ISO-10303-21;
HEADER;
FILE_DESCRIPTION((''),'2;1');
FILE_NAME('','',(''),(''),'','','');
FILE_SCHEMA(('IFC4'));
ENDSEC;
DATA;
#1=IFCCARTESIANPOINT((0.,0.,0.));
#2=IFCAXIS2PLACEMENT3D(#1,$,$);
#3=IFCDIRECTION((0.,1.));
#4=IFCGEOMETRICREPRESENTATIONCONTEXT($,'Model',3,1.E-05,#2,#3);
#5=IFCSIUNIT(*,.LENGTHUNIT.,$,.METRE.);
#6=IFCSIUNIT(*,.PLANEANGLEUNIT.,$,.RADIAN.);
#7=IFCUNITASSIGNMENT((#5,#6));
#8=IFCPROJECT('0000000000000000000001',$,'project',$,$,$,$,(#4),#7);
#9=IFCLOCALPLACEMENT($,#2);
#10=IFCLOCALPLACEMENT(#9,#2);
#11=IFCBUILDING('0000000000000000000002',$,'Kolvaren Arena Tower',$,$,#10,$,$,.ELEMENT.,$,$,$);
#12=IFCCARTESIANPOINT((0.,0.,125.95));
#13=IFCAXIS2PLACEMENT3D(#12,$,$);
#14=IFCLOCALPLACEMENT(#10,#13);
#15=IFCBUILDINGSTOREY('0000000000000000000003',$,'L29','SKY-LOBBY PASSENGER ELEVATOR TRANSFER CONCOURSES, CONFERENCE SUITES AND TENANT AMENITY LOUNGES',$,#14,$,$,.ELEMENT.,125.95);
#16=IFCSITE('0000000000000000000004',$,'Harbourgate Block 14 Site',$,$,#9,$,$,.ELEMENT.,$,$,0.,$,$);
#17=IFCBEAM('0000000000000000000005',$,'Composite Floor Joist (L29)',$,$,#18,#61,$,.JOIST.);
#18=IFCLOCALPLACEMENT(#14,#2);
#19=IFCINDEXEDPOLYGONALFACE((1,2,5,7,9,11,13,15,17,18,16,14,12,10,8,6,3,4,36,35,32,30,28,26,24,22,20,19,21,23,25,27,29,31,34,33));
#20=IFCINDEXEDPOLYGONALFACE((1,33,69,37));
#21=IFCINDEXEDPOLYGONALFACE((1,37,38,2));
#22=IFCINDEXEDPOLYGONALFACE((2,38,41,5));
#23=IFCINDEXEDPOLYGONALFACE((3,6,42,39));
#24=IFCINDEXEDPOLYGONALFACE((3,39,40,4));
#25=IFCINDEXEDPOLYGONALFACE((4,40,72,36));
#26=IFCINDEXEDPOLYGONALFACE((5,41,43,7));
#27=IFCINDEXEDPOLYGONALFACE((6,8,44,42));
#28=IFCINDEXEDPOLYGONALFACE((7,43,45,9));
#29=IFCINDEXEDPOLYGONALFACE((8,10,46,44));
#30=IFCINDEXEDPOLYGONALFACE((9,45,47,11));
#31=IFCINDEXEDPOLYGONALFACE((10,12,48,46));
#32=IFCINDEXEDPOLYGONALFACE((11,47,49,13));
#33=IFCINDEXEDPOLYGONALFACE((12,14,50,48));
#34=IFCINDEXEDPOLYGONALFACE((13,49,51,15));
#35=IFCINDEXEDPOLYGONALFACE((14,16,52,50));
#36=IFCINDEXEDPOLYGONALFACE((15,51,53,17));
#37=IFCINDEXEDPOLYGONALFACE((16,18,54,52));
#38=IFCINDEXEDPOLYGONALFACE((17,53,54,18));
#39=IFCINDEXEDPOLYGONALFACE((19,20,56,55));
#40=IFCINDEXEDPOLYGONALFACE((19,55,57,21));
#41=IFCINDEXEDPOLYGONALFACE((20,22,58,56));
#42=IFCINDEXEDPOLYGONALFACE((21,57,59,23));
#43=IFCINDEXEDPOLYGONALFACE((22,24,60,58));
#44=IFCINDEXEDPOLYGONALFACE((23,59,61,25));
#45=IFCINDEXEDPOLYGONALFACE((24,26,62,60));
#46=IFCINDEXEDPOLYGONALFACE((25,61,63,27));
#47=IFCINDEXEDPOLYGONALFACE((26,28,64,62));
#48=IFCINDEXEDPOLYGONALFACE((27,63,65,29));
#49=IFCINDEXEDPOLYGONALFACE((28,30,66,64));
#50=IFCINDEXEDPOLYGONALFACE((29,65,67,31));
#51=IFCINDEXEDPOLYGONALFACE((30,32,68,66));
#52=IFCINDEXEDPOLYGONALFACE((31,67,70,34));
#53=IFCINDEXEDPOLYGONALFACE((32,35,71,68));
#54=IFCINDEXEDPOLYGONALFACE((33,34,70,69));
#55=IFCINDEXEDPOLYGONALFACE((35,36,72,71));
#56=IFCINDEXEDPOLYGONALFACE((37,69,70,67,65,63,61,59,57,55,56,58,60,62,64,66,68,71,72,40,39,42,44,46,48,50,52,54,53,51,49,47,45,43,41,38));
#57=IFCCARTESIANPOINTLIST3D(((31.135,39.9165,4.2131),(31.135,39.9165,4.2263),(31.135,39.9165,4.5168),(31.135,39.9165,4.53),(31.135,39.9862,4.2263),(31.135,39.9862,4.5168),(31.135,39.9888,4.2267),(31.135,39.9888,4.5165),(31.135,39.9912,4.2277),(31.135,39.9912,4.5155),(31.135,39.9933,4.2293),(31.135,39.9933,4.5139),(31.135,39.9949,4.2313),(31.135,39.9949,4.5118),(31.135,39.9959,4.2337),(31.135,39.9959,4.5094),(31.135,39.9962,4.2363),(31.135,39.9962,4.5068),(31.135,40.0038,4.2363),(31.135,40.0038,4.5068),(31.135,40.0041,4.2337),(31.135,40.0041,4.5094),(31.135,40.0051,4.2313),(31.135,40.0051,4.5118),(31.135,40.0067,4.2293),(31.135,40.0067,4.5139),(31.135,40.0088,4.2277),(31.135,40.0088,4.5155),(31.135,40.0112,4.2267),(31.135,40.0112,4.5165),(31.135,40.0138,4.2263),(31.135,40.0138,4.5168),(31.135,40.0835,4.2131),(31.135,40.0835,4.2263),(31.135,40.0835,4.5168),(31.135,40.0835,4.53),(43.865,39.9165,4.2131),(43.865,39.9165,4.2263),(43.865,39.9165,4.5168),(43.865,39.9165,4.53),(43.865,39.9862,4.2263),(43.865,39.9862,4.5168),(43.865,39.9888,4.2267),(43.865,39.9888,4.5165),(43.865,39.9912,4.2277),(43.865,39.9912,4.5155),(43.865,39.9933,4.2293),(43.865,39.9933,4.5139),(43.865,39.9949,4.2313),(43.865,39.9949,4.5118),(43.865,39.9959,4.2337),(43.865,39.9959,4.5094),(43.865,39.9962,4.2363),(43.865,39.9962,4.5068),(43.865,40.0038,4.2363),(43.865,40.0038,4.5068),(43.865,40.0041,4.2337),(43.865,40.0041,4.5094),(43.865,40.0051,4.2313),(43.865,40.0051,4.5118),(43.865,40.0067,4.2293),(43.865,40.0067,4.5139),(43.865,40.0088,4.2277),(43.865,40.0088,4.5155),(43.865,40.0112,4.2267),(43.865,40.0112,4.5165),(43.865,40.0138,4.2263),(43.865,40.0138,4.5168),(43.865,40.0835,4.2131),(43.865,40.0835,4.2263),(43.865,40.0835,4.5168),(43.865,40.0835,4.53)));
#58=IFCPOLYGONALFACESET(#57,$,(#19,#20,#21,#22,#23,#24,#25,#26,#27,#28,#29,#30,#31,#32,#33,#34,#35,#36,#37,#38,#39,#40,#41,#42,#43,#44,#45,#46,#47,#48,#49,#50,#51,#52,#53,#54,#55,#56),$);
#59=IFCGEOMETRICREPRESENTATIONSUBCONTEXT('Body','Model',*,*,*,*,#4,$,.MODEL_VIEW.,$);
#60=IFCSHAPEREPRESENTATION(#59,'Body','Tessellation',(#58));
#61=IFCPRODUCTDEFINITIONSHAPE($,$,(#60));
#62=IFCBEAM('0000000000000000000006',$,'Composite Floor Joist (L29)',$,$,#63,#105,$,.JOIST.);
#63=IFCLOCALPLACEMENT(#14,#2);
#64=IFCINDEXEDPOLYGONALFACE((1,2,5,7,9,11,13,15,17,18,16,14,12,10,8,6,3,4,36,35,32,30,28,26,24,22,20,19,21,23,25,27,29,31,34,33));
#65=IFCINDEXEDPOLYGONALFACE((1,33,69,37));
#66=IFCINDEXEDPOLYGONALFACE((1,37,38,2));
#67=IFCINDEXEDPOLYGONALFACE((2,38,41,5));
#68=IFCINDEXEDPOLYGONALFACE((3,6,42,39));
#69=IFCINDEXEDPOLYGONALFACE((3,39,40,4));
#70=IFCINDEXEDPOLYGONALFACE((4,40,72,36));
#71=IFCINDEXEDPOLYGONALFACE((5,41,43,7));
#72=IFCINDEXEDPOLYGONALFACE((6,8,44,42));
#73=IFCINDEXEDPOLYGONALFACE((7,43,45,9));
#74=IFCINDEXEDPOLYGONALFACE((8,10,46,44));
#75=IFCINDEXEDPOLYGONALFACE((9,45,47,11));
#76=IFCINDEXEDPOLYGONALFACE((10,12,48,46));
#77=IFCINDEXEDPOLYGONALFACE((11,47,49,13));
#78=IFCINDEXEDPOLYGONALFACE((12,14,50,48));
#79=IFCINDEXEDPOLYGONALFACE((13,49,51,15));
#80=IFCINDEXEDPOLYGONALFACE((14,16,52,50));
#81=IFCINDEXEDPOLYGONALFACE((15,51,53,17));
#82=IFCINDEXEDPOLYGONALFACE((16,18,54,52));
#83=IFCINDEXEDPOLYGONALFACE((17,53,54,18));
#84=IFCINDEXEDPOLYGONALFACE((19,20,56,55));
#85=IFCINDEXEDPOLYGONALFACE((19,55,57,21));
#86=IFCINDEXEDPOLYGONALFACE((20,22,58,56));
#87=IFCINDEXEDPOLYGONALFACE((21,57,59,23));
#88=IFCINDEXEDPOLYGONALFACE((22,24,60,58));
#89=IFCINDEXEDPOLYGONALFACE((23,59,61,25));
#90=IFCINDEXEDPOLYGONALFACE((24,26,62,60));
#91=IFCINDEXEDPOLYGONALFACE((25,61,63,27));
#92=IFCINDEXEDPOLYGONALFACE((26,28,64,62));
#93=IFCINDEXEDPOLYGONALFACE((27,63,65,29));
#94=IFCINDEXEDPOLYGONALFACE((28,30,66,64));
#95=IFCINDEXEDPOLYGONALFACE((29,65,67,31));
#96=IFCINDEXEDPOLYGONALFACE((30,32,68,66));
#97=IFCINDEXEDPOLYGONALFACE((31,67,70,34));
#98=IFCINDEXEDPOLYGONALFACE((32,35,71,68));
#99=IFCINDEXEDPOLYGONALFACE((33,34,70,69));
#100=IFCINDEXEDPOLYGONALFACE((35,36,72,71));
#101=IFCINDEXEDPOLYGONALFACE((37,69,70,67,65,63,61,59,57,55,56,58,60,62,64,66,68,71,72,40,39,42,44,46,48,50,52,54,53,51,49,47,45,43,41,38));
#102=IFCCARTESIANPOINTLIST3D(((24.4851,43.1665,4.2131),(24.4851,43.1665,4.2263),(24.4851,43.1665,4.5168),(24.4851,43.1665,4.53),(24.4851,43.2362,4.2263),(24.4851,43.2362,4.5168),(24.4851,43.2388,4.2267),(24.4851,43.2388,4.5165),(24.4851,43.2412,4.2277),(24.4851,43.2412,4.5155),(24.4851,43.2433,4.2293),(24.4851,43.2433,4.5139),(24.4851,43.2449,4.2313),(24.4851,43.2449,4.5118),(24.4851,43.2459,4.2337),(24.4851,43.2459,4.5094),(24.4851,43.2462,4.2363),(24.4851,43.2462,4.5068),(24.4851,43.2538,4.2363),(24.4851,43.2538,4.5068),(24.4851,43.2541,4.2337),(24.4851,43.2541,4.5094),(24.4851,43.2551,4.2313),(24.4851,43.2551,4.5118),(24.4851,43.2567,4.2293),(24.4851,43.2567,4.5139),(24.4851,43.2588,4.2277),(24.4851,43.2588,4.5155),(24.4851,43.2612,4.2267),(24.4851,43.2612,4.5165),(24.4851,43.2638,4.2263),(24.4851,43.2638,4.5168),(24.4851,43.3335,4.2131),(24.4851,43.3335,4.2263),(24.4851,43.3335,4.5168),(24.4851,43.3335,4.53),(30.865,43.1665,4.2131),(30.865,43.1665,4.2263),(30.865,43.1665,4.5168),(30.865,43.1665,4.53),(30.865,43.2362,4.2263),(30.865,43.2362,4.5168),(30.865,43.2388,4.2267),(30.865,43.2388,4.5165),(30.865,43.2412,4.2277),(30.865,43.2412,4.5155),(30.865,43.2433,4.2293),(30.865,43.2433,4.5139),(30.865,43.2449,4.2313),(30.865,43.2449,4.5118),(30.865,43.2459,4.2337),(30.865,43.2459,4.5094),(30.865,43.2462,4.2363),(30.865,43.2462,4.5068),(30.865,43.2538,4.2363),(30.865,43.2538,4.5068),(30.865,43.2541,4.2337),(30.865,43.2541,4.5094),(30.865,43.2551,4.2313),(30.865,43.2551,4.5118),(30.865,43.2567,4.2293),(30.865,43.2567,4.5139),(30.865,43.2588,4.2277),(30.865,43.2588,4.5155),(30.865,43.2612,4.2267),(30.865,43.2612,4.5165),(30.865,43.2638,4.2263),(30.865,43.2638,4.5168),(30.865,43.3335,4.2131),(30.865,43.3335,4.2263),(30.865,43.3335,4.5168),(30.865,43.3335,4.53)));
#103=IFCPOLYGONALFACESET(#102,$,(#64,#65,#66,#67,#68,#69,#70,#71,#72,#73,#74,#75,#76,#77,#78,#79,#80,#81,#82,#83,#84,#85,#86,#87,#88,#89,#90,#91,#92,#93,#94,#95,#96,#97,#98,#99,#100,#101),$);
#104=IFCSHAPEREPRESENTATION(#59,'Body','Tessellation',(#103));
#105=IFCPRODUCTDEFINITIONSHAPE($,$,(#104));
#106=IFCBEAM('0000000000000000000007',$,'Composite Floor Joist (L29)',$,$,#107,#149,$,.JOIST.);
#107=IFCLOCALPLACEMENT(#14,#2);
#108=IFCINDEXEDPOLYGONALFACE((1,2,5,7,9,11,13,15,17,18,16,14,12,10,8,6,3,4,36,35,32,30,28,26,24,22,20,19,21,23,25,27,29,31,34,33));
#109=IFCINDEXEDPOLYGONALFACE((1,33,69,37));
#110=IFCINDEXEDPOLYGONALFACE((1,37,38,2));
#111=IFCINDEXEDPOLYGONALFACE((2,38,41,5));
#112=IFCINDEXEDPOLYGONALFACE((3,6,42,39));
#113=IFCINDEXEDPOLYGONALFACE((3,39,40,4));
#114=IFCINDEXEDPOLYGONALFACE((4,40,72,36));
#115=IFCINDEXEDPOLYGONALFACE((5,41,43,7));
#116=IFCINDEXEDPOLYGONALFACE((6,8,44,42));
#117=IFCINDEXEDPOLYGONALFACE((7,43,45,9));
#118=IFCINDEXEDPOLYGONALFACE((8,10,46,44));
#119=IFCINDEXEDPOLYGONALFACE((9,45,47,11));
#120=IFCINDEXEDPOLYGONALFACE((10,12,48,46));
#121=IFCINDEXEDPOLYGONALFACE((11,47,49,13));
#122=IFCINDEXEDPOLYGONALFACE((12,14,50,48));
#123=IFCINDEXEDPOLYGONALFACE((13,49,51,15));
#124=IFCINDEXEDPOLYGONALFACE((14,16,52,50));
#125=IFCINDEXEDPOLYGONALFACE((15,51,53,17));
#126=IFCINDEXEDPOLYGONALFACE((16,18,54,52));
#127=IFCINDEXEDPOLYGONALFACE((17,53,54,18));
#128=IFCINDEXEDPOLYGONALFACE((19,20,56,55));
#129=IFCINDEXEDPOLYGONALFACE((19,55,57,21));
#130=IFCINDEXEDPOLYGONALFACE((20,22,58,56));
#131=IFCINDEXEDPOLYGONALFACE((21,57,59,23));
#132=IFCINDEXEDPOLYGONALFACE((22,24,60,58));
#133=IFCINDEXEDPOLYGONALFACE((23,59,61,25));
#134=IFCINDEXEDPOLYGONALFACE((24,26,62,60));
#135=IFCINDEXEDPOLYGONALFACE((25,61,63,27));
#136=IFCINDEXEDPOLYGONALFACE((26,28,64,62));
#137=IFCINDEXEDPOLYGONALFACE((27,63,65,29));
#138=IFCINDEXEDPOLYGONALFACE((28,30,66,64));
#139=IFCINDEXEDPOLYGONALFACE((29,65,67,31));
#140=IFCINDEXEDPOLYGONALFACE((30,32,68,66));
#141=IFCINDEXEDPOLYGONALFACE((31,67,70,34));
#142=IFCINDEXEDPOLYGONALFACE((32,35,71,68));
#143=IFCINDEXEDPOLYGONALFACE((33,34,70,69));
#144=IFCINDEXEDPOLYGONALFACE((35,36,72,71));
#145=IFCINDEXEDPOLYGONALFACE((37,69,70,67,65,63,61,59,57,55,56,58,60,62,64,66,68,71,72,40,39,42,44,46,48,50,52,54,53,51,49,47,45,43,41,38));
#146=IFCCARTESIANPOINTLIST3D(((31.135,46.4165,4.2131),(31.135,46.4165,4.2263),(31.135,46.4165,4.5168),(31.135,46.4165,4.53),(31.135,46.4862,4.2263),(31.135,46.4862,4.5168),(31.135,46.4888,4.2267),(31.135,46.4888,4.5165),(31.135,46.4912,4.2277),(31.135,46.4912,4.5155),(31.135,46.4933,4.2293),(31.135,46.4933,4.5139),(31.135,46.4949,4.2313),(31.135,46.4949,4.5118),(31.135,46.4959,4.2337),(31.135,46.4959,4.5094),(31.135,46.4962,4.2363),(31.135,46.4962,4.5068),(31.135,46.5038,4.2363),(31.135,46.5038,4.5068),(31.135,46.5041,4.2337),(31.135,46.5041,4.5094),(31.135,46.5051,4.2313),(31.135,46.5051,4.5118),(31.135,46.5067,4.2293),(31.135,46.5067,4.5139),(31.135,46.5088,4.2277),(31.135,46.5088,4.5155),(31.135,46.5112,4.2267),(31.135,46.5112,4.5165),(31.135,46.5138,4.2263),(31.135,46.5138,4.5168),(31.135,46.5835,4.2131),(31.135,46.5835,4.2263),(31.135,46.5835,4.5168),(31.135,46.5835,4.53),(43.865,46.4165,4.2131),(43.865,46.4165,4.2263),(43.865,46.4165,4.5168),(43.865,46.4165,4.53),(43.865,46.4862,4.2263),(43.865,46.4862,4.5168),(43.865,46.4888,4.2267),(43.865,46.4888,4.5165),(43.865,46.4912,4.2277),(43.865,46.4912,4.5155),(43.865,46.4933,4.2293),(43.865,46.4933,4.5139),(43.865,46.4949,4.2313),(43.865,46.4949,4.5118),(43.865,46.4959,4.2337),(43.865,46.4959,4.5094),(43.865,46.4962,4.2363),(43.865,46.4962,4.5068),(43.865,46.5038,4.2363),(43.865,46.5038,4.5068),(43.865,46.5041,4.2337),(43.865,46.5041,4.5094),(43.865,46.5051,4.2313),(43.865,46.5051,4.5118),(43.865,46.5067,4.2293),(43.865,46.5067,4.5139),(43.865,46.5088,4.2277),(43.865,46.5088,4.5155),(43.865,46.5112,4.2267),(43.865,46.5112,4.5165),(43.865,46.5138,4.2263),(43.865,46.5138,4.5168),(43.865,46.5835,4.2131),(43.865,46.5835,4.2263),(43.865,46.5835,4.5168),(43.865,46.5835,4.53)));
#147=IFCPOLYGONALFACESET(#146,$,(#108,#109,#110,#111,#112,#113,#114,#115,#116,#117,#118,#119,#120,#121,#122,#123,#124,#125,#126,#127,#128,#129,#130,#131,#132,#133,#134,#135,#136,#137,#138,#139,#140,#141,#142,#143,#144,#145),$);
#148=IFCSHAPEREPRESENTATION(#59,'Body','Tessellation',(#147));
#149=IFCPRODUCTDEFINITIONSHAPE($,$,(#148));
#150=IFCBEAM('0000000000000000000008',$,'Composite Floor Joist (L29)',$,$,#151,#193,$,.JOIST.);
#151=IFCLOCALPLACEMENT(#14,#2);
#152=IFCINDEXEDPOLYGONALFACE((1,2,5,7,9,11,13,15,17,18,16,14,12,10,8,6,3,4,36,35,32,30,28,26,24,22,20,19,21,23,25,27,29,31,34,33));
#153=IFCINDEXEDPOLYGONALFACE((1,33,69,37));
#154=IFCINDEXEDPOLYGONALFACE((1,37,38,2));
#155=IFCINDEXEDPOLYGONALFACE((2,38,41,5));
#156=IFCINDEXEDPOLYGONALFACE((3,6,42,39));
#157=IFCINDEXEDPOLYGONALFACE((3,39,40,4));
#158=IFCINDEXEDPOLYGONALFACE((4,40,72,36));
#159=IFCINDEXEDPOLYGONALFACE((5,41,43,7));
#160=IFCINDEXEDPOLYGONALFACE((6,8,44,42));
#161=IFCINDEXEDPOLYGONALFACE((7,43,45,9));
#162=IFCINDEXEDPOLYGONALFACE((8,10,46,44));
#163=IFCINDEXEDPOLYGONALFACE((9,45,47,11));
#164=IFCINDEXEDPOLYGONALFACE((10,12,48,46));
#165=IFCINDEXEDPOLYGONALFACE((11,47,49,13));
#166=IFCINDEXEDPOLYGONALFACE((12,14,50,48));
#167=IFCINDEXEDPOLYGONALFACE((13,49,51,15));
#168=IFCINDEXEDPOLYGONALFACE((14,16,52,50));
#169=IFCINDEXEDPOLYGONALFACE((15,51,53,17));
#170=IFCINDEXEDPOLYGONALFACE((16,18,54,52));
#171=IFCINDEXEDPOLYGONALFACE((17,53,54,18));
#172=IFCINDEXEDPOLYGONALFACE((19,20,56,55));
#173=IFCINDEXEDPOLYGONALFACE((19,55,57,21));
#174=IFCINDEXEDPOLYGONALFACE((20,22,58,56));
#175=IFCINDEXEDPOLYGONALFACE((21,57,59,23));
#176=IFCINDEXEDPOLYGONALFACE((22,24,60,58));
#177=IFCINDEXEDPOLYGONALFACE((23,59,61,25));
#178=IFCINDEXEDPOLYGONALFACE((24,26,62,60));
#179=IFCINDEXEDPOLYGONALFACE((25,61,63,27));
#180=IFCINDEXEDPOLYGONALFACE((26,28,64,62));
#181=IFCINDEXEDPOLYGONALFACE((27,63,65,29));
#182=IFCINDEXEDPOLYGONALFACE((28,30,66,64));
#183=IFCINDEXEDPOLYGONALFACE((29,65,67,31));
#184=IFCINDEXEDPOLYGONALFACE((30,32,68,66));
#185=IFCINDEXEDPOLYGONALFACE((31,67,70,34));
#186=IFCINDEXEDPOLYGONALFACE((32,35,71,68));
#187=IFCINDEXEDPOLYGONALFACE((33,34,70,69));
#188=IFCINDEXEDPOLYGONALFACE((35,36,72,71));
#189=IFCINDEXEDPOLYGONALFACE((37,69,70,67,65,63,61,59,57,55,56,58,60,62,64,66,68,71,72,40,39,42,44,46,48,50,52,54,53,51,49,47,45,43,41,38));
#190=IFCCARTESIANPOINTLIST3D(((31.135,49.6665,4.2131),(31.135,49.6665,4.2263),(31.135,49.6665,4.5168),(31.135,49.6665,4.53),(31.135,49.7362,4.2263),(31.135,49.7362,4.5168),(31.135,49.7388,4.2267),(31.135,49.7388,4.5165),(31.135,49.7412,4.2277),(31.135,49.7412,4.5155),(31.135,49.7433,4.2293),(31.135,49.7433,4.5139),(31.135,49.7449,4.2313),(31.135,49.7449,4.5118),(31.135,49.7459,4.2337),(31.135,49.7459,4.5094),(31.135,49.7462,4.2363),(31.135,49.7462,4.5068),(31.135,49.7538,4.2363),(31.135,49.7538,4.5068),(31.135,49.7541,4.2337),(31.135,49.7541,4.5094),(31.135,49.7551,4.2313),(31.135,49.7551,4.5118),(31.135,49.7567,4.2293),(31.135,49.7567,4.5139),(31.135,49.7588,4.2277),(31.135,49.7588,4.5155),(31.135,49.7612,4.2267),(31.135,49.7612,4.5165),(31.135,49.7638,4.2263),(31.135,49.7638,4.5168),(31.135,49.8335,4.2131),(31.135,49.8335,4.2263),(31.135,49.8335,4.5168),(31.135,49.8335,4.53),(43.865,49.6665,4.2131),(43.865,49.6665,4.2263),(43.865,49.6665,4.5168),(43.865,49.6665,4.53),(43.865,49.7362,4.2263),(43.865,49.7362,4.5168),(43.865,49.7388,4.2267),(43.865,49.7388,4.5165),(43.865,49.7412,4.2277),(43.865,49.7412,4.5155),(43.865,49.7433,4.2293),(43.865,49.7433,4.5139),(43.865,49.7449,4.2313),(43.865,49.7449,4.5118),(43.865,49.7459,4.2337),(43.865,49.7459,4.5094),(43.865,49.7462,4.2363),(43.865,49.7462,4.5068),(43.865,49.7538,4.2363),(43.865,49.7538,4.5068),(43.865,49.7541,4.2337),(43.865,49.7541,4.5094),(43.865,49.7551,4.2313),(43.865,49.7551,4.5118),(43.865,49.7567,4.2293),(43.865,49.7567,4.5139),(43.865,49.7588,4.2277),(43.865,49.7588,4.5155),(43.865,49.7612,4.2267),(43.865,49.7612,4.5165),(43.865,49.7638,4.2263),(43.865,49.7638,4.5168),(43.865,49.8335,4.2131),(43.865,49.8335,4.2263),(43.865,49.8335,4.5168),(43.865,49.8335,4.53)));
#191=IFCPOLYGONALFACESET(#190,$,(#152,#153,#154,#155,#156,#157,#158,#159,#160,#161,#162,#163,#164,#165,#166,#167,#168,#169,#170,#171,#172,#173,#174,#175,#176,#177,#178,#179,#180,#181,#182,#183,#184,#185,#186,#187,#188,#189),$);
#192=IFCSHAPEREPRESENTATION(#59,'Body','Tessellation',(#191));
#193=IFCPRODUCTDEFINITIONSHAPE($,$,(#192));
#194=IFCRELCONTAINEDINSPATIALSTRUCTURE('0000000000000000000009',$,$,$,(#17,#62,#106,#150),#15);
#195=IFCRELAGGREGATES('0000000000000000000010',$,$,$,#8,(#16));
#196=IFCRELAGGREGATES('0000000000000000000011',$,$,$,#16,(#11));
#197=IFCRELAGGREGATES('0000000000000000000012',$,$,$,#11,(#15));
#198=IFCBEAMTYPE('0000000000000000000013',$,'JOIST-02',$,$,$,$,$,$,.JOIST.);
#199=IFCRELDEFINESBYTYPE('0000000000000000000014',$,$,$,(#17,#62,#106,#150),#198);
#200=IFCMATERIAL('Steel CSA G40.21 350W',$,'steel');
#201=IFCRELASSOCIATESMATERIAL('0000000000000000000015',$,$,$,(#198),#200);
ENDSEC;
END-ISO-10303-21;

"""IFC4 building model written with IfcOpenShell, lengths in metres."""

from ifc_helpers import new_model, si_unit, direction, frame, origin, origin_2d, place, context, subcontext, project, spatial, i_section, extrude, material, material_profile, profile_set, type_object, element, save


model = new_model("IFC4")

# Units and contexts
model_context = context("Model", 3, precision=1e-05, world=origin(), true_north=direction((0.0, 1.0)))
body_context = subcontext(model_context, "Body", "Model", "MODEL_VIEW")
ifc_project = project(units=[si_unit("LENGTHUNIT", "METRE"), si_unit("PLANEANGLEUNIT", "RADIAN")], contexts=[model_context])

# Site, building, storey
site_placement = place(None, origin())
site = spatial("IfcSite", under=ifc_project, at=site_placement, Name="Harbourgate Block 14 Site", CompositionType="ELEMENT", RefElevation=0.0)
building_placement = place(site_placement, origin())
building = spatial("IfcBuilding", under=site, at=building_placement, Name="Kolvaren Arena Tower", CompositionType="ELEMENT")
storey_placement = place(building_placement, frame((0.0, 0.0, 125.95)))
storey = spatial("IfcBuildingStorey", under=building, at=storey_placement, Name="L29", Description="SKY-LOBBY PASSENGER ELEVATOR TRANSFER CONCOURSES, CONFERENCE SUITES AND TENANT AMENITY LOUNGES", CompositionType="ELEMENT", Elevation=125.95)

# Shared definitions
ifc_material_1 = material(Name="Steel CSA G40.21 350W", Category="steel")

# Beams
ifc_material_profile_1 = material_profile(ifc_material_1, i_section(OverallWidth=0.167, OverallDepth=0.3169, WebThickness=0.0076, FlangeThickness=0.0132, FilletRadius=0.01, at=origin_2d()), Name="W310x52")
ifc_profile_set_1 = profile_set([ifc_material_profile_1], Name="Steel CSA G40.21 350W")
beam_type_1 = type_object("IfcBeamType", Name="JOIST-02", PredefinedType="JOIST", material=ifc_profile_set_1)
beam_1_placement = place(storey_placement, frame((31.135, 40.0, 4.3716), z_axis=(1.0, 0.0, 0.0), x_axis=(0.0, 1.0, 0.0)))
element("IfcBeam", 1, at=beam_1_placement, inside=storey, type_object=beam_type_1, Name="Composite Floor Joist (L29)", PredefinedType="JOIST", context=body_context, shape_type="SweptSolid", body=[
    extrude(i_section(OverallWidth=0.167, OverallDepth=0.3169, WebThickness=0.0076, FlangeThickness=0.0132, FilletRadius=0.01, at=origin_2d()), origin(), (0.0, 0.0, 1.0), 12.73),
])
beam_2_placement = place(storey_placement, frame((24.4851, 43.25, 4.3716), z_axis=(1.0, 0.0, 0.0), x_axis=(0.0, 1.0, 0.0)))
element("IfcBeam", 2, at=beam_2_placement, inside=storey, type_object=beam_type_1, Name="Composite Floor Joist (L29)", PredefinedType="JOIST", context=body_context, shape_type="SweptSolid", body=[
    extrude(i_section(OverallWidth=0.167, OverallDepth=0.3169, WebThickness=0.0076, FlangeThickness=0.0132, FilletRadius=0.01, at=origin_2d()), origin(), (0.0, 0.0, 1.0), 6.3799),
])
for number, where, z_axis, x_axis, name in (
    (3, (31.135, 46.5, 4.3716), (1.0, 0.0, 0.0), (0.0, 1.0, 0.0), "Composite Floor Joist (L29)"),
    (4, (31.135, 49.75, 4.3716), (1.0, 0.0, 0.0), (0.0, 1.0, 0.0), "Composite Floor Joist (L29)"),
):
    element("IfcBeam", number, at=place(storey_placement, frame(where, z_axis=z_axis, x_axis=x_axis)), inside=storey, type_object=beam_type_1, Name=name, PredefinedType="JOIST", context=body_context, shape_type="SweptSolid", body=[
        extrude(i_section(OverallWidth=0.167, OverallDepth=0.3169, WebThickness=0.0076, FlangeThickness=0.0132, FilletRadius=0.01, at=origin_2d()), origin(), (0.0, 0.0, 1.0), 12.73),
    ])

save(model, "model.ifc")
